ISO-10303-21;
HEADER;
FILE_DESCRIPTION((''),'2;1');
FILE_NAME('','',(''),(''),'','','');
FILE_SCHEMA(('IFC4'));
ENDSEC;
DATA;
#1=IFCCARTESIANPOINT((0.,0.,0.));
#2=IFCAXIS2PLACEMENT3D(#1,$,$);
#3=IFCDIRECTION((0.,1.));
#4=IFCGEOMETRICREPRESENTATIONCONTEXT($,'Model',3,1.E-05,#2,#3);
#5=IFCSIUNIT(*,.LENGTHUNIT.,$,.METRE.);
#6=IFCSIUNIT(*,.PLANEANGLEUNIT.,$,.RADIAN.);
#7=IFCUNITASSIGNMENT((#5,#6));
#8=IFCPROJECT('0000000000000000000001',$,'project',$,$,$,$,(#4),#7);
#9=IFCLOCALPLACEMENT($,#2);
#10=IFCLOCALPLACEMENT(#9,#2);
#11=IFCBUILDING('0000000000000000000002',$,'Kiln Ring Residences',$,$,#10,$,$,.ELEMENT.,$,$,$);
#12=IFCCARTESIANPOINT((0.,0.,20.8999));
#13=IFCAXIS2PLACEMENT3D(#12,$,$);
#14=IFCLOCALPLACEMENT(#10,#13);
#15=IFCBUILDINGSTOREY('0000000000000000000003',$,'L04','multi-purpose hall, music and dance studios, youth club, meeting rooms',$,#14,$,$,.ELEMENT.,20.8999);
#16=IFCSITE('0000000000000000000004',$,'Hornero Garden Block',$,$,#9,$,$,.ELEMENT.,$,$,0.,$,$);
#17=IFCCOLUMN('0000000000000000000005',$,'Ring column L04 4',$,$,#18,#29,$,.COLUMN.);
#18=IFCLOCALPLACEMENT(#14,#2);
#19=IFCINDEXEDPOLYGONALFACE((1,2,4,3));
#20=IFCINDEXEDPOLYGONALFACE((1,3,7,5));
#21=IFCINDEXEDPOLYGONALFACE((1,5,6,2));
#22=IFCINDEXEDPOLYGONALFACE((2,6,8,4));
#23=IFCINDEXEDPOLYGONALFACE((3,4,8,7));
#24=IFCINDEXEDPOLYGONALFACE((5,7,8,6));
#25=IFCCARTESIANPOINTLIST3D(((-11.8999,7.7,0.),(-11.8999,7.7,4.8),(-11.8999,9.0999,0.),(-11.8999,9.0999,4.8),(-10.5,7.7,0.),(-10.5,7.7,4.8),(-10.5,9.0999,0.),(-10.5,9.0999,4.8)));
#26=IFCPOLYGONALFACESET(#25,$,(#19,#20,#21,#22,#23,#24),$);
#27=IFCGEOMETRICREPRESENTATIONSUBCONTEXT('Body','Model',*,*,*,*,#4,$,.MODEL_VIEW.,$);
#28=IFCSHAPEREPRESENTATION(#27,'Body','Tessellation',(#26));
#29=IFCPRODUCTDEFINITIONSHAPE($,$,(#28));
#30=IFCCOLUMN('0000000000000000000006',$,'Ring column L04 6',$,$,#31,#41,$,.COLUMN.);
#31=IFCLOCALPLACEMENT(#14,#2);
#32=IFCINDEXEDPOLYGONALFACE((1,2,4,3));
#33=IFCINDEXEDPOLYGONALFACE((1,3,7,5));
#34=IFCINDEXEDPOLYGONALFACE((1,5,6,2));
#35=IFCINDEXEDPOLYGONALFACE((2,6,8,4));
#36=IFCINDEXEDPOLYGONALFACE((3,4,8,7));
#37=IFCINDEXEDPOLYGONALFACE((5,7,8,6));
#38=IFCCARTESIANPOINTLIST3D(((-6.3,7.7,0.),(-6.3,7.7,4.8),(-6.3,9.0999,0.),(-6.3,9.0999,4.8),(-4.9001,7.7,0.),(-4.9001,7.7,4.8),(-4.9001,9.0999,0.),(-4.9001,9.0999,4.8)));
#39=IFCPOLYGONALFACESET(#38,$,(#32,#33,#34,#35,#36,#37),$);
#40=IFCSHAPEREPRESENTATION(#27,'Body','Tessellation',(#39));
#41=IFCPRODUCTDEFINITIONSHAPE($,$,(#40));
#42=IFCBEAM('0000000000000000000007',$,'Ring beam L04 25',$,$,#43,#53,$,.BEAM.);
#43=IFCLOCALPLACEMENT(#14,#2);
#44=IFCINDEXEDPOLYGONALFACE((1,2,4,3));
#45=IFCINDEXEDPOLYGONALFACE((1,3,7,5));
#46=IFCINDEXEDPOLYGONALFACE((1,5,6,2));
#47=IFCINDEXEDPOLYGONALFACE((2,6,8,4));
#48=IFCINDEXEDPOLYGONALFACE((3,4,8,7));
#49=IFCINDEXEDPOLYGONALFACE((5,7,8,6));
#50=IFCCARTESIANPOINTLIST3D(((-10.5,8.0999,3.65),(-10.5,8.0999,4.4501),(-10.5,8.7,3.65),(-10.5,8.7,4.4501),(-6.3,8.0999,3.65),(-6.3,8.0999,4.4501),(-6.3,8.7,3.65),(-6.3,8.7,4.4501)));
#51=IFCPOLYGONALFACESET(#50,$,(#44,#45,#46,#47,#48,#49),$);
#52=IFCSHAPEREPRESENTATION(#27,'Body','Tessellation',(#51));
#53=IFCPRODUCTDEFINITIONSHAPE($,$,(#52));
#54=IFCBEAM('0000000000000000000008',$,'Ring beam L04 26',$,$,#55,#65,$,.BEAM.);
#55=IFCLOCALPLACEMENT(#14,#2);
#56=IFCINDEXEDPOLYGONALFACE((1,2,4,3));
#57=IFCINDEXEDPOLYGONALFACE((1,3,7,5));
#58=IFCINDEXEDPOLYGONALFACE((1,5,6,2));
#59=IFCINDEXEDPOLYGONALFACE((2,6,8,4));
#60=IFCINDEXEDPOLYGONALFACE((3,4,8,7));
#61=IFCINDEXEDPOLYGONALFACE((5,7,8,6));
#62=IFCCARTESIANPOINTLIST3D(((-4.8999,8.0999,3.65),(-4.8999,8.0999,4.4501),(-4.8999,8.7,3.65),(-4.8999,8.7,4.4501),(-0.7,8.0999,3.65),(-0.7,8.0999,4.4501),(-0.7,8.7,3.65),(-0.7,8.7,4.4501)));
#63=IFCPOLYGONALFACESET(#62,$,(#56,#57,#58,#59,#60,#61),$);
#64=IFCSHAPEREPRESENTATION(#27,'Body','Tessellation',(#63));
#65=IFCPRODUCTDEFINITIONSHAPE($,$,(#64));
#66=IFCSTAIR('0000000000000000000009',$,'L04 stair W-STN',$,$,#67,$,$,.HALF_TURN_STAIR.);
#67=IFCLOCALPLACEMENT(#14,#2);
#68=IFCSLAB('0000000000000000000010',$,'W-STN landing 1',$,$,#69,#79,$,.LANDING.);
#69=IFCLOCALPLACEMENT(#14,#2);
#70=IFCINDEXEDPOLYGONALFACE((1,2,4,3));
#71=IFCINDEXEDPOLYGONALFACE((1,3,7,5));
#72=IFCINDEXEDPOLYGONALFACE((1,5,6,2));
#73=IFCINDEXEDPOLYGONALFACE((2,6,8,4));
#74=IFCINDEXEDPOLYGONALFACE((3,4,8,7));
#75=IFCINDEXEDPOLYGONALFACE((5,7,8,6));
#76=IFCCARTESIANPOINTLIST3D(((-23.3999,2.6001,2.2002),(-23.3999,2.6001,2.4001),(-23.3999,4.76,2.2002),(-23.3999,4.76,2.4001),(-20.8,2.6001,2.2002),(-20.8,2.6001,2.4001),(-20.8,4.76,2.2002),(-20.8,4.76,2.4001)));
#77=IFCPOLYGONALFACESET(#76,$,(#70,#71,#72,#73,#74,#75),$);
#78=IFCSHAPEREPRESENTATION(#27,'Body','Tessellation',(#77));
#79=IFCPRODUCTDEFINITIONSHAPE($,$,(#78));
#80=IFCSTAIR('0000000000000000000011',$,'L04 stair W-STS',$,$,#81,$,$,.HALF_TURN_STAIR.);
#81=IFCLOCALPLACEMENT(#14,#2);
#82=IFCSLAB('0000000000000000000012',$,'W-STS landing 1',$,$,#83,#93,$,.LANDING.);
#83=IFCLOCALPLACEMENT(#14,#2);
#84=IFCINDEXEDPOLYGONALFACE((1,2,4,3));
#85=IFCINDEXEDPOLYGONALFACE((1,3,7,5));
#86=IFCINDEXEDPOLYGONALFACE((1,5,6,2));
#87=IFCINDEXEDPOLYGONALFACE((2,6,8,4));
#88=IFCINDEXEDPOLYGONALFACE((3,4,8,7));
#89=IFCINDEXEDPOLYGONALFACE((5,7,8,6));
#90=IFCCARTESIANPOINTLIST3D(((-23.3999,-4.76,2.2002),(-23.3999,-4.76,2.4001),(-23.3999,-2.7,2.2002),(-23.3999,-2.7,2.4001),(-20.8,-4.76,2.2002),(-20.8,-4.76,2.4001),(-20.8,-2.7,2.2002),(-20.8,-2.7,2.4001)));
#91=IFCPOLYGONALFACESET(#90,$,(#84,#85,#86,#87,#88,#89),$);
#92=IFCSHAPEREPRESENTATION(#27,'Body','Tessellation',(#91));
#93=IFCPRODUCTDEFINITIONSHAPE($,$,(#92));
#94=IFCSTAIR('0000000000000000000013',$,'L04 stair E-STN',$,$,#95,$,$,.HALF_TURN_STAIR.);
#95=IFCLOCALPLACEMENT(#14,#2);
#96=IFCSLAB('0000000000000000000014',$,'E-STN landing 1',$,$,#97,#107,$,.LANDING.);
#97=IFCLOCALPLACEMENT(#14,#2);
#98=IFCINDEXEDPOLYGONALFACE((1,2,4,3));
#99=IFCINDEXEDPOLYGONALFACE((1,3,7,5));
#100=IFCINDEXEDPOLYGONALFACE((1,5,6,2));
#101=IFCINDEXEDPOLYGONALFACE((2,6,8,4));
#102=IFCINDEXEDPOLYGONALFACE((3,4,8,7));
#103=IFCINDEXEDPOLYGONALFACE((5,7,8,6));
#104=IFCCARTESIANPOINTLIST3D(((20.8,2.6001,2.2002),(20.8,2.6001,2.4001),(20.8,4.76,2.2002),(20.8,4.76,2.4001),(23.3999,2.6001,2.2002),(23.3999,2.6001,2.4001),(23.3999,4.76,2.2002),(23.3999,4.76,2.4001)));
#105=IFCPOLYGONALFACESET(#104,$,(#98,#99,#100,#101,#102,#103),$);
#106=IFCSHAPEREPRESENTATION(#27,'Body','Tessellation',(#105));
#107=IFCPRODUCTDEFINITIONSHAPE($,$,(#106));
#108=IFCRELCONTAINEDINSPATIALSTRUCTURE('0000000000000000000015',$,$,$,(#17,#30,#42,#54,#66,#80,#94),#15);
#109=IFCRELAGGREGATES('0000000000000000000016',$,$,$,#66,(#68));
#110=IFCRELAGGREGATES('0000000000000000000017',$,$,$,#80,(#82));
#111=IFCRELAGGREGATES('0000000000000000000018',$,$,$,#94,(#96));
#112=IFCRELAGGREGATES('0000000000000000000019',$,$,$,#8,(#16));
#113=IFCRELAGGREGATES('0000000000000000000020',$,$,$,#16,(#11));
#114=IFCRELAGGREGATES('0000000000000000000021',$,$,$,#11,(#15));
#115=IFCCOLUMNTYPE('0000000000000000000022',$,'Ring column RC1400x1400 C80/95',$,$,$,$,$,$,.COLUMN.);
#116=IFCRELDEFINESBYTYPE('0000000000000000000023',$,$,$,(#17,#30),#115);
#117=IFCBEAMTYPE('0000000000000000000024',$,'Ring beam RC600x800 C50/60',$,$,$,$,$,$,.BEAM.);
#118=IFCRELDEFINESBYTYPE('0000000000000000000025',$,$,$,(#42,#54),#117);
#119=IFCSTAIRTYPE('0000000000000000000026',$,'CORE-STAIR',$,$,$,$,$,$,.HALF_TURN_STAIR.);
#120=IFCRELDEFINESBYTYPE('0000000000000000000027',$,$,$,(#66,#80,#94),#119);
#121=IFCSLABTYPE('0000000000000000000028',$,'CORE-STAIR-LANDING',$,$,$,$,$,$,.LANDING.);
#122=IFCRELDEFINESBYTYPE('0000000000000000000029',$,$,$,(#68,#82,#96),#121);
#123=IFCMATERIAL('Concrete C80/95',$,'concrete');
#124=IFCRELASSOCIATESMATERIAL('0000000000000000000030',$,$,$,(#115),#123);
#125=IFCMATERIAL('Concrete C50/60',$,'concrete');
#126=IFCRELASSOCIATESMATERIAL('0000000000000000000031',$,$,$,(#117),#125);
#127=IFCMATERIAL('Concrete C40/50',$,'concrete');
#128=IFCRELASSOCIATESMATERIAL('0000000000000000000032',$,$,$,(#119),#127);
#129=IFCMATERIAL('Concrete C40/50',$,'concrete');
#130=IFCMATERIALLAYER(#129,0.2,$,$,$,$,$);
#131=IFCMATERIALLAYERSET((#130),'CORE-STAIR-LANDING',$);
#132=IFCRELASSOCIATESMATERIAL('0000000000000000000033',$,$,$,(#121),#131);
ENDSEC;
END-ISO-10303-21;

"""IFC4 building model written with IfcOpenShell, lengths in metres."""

from ifc_helpers import new_model, si_unit, direction, frame, origin, origin_2d, place, context, subcontext, project, spatial, polyline, rectangle, outline, extrude, material, layer, layer_set, material_profile, profile_set, type_object, element, aggregate, save


model = new_model("IFC4")

# Units and contexts
model_context = context("Model", 3, precision=1e-05, world=origin(), true_north=direction((0.0, 1.0)))
body_context = subcontext(model_context, "Body", "Model", "MODEL_VIEW")
ifc_project = project(units=[si_unit("LENGTHUNIT", "METRE"), si_unit("PLANEANGLEUNIT", "RADIAN")], contexts=[model_context])

# Site, building, storey
site_placement = place(None, origin())
site = spatial("IfcSite", under=ifc_project, at=site_placement, Name="Hornero Garden Block", CompositionType="ELEMENT", RefElevation=0.0)
building_placement = place(site_placement, origin())
building = spatial("IfcBuilding", under=site, at=building_placement, Name="Kiln Ring Residences", CompositionType="ELEMENT")
storey_placement = place(building_placement, frame((0.0, 0.0, 20.8999)))
storey = spatial("IfcBuildingStorey", under=building, at=storey_placement, Name="L04", Description="multi-purpose hall, music and dance studios, youth club, meeting rooms", CompositionType="ELEMENT", Elevation=20.8999)

# Columns
ifc_material_1 = material(Name="Concrete C80/95", Category="concrete")
ifc_material_profile_1 = material_profile(ifc_material_1, rectangle(XDim=1.3999, YDim=1.3999, at=origin_2d()), Name="RC1400x1400")
ifc_profile_set_1 = profile_set([ifc_material_profile_1], Name="Concrete C80/95")
column_type = type_object("IfcColumnType", Name="Ring column RC1400x1400 C80/95", PredefinedType="COLUMN", material=ifc_profile_set_1)
for number, where, z_axis, x_axis, name in (
    (1, (-11.2, 8.3999, 0.0), (0.0, 0.0, 1.0), (1.0, 0.0, 0.0), "Ring column L04 4"),
    (2, (-5.6001, 8.3999, 0.0), (0.0, 0.0, 1.0), (1.0, 0.0, 0.0), "Ring column L04 6"),
):
    element("IfcColumn", number, at=place(storey_placement, frame(where, z_axis=z_axis, x_axis=x_axis)), inside=storey, type_object=column_type, Name=name, PredefinedType="COLUMN", context=body_context, shape_type="SweptSolid", body=[
        extrude(rectangle(XDim=1.3999, YDim=1.3999, at=origin_2d()), origin(), (0.0, 0.0, 1.0), 4.8),
    ])

# Beams
ifc_material_2 = material(Name="Concrete C50/60", Category="concrete")
ifc_material_profile_2 = material_profile(ifc_material_2, rectangle(XDim=0.6001, YDim=0.8, at=origin_2d()), Name="RC600x800")
ifc_profile_set_2 = profile_set([ifc_material_profile_2], Name="Concrete C50/60")
beam_type = type_object("IfcBeamType", Name="Ring beam RC600x800 C50/60", PredefinedType="BEAM", material=ifc_profile_set_2)
for number, where, z_axis, x_axis, name in (
    (3, (-10.5, 8.3999, 4.05), (1.0, 0.0, 0.0), (0.0, 1.0, 0.0), "Ring beam L04 25"),
    (4, (-4.8999, 8.3999, 4.05), (1.0, 0.0, 0.0), (0.0, 1.0, 0.0), "Ring beam L04 26"),
):
    element("IfcBeam", number, at=place(storey_placement, frame(where, z_axis=z_axis, x_axis=x_axis)), inside=storey, type_object=beam_type, Name=name, PredefinedType="BEAM", context=body_context, shape_type="SweptSolid", body=[
        extrude(rectangle(XDim=0.6001, YDim=0.8, at=origin_2d()), origin(), (0.0, 0.0, 1.0), 4.2),
    ])

# Stairs, slabs
ifc_material_3 = material(Name="Concrete C40/50", Category="concrete")
stair_type = type_object("IfcStairType", Name="CORE-STAIR", PredefinedType="HALF_TURN_STAIR", material=ifc_material_3)
placement_1 = place(storey_placement, origin())
stair_1 = element("IfcStair", 5, at=placement_1, inside=storey, type_object=stair_type, Name="L04 stair W-STN", PredefinedType="HALF_TURN_STAIR")
ifc_material_4 = material(Name="Concrete C40/50", Category="concrete")
ifc_layer_1 = layer(ifc_material_4, 0.2)
ifc_layer_set_1 = layer_set([ifc_layer_1], Name="CORE-STAIR-LANDING")
slab_type_1 = type_object("IfcSlabType", Name="CORE-STAIR-LANDING", PredefinedType="LANDING", material=ifc_layer_set_1)
placement_2 = place(storey_placement, frame((0.0, 0.0, 2.2002)))
slab_1 = element("IfcSlab", 6, at=placement_2, type_object=slab_type_1, Name="W-STN landing 1", PredefinedType="LANDING", context=body_context, shape_type="SweptSolid", body=[
    extrude(outline(polyline([(-23.3999, 4.76), (-23.3999, 2.6001), (-20.8, 2.6001), (-20.8, 4.76), (-23.3999, 4.76)])), origin(), (0.0, 0.0, 1.0), 0.2),
])
aggregate(stair_1, [slab_1])
stair_2 = element("IfcStair", 7, at=placement_1, inside=storey, type_object=stair_type, Name="L04 stair W-STS", PredefinedType="HALF_TURN_STAIR")
slab_2 = element("IfcSlab", 8, at=placement_2, type_object=slab_type_1, Name="W-STS landing 1", PredefinedType="LANDING", context=body_context, shape_type="SweptSolid", body=[
    extrude(outline(polyline([(-20.8, -4.76), (-20.8, -2.7), (-23.3999, -2.7), (-23.3999, -4.76), (-20.8, -4.76)])), origin(), (0.0, 0.0, 1.0), 0.2),
])
aggregate(stair_2, [slab_2])
stair_3 = element("IfcStair", 9, at=placement_1, inside=storey, type_object=stair_type, Name="L04 stair E-STN", PredefinedType="HALF_TURN_STAIR")
slab_3 = element("IfcSlab", 10, at=placement_2, type_object=slab_type_1, Name="E-STN landing 1", PredefinedType="LANDING", context=body_context, shape_type="SweptSolid", body=[
    extrude(outline(polyline([(20.8, 4.76), (20.8, 2.6001), (23.3999, 2.6001), (23.3999, 4.76), (20.8, 4.76)])), origin(), (0.0, 0.0, 1.0), 0.2),
])
aggregate(stair_3, [slab_3])

save(model, "model.ifc")
